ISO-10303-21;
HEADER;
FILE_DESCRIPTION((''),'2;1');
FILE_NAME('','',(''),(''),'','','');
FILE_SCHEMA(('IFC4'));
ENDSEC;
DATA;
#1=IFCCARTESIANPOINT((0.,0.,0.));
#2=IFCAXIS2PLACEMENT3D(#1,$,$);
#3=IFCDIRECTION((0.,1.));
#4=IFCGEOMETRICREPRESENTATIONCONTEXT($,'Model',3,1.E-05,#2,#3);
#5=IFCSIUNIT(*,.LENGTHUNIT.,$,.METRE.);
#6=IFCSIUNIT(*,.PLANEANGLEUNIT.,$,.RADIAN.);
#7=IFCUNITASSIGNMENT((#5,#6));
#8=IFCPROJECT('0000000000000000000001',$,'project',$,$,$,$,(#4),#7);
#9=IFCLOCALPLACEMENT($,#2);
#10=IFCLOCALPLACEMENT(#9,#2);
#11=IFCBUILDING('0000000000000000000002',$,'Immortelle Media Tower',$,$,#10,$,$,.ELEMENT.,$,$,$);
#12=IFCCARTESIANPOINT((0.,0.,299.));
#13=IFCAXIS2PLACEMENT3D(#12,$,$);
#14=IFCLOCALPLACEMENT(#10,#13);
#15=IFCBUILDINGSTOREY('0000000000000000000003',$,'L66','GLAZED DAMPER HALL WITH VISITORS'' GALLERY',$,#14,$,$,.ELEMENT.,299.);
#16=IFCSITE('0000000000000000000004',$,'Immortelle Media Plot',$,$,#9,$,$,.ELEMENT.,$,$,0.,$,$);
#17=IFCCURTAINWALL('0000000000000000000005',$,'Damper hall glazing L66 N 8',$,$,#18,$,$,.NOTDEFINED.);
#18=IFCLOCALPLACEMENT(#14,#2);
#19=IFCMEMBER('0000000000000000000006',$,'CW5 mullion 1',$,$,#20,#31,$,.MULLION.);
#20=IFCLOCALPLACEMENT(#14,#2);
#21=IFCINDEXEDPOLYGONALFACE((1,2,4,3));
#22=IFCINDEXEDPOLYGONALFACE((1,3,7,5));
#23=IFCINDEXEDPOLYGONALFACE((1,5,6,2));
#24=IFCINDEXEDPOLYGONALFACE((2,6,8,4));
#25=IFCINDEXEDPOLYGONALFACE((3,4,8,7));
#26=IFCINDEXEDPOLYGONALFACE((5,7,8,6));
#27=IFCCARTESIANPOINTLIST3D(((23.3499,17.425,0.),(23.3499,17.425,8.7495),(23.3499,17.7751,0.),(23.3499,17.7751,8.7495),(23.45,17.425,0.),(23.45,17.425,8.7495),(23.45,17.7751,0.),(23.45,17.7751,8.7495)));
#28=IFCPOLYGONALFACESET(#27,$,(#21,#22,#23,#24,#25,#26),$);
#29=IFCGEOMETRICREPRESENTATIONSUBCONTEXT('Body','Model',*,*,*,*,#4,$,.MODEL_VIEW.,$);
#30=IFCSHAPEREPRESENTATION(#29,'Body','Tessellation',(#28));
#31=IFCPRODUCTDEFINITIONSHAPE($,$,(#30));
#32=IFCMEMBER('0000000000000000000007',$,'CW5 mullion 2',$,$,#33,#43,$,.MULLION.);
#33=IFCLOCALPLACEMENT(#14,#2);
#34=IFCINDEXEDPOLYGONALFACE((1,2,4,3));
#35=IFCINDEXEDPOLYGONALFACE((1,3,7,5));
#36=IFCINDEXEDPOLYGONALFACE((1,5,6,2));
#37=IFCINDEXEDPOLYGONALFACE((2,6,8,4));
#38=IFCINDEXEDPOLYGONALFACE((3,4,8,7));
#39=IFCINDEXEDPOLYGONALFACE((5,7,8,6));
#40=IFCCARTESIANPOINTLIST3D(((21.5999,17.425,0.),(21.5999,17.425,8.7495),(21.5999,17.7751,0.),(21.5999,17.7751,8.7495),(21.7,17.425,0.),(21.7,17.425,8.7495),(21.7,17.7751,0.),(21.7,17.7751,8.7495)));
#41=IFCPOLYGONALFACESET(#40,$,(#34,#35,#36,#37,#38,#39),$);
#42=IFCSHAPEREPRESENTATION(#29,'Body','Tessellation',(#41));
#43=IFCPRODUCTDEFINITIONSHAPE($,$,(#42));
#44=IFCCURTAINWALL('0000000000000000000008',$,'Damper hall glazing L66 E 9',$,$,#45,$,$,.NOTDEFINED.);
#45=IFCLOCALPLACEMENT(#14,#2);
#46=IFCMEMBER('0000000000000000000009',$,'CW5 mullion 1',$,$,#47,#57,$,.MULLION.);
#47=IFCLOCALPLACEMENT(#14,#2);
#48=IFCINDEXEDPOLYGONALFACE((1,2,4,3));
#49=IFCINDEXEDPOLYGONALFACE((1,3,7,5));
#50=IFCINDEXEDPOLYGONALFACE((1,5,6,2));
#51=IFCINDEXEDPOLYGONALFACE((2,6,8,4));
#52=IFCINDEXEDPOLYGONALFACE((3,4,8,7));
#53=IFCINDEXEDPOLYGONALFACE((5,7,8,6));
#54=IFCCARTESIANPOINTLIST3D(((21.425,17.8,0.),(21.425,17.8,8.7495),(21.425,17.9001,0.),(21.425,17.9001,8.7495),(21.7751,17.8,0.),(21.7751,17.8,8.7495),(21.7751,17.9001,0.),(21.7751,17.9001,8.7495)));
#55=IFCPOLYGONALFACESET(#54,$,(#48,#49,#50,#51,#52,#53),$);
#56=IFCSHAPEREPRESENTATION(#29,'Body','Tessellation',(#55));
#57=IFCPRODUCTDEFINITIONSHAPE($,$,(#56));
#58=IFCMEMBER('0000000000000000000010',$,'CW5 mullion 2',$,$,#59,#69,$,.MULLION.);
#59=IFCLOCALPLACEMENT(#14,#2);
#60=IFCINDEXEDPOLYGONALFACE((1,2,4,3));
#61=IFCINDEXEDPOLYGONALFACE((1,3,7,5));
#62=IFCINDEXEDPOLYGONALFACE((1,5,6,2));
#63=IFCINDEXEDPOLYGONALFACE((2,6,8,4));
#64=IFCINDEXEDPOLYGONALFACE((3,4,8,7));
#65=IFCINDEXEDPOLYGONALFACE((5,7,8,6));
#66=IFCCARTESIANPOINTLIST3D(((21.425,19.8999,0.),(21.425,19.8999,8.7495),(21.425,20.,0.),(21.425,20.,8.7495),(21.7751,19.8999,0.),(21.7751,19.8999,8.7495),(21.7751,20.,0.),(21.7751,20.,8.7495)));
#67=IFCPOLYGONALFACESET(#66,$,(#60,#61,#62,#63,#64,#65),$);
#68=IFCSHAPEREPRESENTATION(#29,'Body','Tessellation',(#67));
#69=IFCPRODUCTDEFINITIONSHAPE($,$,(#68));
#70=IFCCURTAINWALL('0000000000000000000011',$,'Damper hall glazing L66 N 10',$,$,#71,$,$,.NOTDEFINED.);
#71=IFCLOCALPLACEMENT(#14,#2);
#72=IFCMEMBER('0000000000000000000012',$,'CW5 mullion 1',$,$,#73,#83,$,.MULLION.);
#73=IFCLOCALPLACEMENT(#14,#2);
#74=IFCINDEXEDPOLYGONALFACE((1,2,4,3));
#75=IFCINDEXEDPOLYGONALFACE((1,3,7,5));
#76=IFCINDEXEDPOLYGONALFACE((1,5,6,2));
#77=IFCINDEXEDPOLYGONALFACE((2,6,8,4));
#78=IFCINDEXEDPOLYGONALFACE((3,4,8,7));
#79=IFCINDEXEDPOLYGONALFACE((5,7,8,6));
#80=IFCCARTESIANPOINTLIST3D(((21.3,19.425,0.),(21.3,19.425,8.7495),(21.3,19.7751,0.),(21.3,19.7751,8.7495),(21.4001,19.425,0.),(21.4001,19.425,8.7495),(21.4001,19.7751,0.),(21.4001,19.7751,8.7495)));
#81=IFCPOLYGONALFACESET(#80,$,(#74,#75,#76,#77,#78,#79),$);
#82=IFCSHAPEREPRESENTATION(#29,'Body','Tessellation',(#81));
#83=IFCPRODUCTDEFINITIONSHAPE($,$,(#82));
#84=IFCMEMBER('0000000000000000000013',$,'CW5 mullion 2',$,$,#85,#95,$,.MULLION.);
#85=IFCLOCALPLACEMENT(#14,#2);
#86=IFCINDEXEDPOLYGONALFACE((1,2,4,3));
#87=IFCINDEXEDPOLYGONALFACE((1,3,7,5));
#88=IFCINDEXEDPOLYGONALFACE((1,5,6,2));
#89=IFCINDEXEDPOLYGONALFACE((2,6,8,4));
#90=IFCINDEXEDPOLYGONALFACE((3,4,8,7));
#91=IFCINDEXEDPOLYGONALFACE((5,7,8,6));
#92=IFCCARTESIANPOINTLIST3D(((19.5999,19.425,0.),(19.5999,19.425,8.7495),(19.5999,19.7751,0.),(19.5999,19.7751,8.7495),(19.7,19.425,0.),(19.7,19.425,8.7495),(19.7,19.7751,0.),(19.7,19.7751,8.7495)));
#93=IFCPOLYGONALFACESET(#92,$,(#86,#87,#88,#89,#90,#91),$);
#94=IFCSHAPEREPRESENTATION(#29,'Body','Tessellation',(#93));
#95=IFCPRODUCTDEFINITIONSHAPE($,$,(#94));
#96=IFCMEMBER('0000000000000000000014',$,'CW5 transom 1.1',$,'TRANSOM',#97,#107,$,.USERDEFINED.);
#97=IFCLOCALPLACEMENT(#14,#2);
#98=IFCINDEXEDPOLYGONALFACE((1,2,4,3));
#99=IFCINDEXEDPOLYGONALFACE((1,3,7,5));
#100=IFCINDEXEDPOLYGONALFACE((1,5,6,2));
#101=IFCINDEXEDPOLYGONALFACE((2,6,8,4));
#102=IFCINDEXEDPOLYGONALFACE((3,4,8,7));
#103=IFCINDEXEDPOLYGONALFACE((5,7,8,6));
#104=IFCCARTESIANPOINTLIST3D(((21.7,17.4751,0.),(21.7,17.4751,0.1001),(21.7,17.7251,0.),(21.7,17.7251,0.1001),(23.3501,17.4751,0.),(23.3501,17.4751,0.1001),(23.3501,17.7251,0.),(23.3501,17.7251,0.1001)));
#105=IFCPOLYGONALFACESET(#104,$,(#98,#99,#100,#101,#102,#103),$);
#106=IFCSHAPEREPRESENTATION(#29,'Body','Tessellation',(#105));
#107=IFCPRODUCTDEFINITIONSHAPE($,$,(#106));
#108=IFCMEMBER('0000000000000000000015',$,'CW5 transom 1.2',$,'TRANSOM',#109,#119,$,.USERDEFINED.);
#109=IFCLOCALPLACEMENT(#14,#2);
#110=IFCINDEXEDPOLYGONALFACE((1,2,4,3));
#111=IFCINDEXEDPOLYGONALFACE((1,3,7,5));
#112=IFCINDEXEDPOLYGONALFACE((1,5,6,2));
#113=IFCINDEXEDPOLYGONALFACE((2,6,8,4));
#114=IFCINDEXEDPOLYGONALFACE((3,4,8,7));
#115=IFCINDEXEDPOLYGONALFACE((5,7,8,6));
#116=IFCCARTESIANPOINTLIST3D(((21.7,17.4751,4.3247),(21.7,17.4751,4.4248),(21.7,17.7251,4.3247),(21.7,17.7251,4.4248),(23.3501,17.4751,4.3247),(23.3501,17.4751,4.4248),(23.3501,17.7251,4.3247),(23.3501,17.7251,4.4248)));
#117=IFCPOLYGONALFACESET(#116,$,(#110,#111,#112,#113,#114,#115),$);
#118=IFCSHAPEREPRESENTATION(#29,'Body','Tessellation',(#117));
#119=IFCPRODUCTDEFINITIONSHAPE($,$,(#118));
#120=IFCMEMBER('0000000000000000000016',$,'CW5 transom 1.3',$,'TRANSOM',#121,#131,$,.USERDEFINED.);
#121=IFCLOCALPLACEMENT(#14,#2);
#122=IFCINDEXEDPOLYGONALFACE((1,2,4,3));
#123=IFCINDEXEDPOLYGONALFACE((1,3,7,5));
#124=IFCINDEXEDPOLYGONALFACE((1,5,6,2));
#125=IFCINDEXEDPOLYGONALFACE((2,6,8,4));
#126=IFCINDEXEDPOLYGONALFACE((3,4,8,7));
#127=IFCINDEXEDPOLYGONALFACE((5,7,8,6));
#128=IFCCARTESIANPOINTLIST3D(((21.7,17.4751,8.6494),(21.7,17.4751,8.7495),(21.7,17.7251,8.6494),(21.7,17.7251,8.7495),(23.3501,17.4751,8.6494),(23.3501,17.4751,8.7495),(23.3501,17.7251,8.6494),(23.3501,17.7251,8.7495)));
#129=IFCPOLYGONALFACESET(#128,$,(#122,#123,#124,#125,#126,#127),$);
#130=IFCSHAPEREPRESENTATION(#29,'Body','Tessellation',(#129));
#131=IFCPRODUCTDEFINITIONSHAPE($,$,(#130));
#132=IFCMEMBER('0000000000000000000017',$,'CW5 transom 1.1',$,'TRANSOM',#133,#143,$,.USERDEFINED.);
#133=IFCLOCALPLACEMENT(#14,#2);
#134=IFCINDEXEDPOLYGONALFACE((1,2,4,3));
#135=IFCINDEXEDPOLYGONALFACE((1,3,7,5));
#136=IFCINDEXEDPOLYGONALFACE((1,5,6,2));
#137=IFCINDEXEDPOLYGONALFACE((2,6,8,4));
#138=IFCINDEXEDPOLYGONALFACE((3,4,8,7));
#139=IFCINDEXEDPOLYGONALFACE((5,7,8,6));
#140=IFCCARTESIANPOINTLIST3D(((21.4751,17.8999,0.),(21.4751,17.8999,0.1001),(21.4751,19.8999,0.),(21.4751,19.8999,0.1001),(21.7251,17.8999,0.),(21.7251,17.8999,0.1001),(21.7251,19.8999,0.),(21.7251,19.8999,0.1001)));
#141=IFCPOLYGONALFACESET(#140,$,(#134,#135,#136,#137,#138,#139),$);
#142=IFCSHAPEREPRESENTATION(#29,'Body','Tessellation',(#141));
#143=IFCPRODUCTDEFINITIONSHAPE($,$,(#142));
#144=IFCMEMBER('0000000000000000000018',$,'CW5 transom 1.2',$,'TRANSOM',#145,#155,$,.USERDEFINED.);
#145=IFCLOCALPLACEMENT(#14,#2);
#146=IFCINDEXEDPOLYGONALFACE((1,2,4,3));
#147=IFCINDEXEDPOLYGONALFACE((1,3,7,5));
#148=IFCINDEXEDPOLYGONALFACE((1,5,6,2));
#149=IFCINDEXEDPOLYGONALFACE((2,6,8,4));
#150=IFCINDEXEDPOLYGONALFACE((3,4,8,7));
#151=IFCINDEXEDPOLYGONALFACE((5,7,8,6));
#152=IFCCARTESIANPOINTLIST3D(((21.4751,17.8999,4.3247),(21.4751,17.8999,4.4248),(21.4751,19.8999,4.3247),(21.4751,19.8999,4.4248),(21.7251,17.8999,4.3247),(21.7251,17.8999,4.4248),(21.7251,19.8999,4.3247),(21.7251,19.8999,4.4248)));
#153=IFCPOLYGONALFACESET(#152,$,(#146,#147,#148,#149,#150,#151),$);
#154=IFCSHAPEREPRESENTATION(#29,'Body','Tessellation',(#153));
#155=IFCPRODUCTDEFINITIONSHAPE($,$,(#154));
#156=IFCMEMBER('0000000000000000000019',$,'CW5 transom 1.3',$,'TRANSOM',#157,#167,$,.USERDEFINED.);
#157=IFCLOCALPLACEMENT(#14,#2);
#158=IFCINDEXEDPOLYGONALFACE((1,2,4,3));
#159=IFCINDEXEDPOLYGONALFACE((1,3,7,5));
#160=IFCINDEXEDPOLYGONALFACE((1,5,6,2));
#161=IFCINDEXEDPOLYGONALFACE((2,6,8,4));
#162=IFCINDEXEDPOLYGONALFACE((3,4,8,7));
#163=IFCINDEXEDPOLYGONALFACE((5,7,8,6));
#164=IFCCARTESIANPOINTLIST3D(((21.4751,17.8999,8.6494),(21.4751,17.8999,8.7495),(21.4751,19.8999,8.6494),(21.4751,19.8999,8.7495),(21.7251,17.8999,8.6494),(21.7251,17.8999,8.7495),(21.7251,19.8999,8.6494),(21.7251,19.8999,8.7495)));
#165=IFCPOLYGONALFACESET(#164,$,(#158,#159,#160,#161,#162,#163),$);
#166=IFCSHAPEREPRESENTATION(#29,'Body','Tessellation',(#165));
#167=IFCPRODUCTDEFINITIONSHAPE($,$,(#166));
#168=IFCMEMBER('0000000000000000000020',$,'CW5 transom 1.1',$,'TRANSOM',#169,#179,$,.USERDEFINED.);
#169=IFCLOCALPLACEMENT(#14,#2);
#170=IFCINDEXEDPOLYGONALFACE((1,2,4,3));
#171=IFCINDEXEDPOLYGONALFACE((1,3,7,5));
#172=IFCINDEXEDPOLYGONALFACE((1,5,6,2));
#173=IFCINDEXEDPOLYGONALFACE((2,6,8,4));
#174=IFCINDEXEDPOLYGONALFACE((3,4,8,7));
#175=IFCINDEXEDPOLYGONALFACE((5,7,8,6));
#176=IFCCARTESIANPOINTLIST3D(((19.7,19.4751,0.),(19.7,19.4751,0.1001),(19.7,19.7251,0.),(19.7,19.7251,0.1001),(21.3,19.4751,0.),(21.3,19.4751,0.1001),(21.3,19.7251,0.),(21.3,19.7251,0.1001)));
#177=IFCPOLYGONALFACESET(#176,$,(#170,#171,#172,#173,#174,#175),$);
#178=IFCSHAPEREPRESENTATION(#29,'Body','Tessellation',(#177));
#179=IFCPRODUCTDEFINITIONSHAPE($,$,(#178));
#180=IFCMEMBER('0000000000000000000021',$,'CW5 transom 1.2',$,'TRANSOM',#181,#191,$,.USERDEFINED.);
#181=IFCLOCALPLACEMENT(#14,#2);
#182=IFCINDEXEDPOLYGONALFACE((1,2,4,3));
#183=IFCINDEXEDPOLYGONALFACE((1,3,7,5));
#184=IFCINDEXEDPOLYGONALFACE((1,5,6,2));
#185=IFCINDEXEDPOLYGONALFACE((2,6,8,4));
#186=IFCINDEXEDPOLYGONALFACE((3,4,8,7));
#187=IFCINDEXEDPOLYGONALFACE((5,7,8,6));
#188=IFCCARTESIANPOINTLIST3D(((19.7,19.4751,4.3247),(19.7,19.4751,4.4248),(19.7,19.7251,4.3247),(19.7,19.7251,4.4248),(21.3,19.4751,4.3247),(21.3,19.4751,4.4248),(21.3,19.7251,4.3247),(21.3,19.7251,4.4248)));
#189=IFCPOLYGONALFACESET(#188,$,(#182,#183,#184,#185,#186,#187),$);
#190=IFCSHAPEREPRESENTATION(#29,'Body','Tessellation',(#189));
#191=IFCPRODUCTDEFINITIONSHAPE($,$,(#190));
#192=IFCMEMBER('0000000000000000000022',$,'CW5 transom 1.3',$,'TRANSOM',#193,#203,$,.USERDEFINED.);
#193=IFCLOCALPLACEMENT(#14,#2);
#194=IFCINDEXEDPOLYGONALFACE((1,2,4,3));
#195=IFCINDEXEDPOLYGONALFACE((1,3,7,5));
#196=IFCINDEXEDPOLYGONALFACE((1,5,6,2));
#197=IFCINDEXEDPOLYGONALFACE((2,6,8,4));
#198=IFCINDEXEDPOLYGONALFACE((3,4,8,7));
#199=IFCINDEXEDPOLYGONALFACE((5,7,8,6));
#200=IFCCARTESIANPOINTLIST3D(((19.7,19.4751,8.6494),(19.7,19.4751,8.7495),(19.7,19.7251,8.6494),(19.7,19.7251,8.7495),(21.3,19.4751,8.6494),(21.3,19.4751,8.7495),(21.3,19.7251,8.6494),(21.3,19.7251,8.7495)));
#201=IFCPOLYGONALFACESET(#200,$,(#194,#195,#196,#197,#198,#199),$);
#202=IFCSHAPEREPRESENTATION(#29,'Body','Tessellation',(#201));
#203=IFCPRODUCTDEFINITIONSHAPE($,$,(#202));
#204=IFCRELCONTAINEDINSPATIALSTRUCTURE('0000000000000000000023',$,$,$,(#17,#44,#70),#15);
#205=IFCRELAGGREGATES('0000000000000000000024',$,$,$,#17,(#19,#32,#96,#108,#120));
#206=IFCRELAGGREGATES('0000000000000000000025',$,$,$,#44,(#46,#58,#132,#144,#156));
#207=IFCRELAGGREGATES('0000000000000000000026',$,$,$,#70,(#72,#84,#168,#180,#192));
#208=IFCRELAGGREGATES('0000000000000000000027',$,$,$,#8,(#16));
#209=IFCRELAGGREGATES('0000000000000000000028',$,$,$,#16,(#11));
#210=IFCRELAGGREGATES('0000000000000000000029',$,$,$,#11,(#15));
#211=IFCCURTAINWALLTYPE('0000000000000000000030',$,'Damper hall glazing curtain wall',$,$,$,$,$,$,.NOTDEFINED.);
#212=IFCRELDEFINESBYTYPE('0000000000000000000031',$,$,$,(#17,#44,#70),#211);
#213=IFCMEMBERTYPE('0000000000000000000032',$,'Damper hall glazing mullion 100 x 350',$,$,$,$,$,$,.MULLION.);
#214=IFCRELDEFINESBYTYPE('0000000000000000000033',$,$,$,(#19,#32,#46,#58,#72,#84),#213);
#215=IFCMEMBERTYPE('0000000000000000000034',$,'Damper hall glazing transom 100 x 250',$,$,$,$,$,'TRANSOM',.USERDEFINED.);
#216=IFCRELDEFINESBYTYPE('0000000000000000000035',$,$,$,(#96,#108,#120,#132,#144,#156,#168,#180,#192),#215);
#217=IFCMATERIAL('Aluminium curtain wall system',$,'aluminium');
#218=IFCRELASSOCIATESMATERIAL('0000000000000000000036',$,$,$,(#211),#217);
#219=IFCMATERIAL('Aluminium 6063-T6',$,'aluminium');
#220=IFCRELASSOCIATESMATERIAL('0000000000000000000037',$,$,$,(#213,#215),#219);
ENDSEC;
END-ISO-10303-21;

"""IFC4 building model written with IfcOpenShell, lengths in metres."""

from ifc_helpers import new_model, si_unit, direction, frame, origin, origin_2d, place, context, subcontext, project, spatial, rectangle, extrude, material, material_profile, profile_set, type_object, element, aggregate, save


model = new_model("IFC4")

# Units and contexts
model_context = context("Model", 3, precision=1e-05, world=origin(), true_north=direction((0.0, 1.0)))
body_context = subcontext(model_context, "Body", "Model", "MODEL_VIEW")
ifc_project = project(units=[si_unit("LENGTHUNIT", "METRE"), si_unit("PLANEANGLEUNIT", "RADIAN")], contexts=[model_context])

# Site, building, storey
site_placement = place(None, origin())
site = spatial("IfcSite", under=ifc_project, at=site_placement, Name="Immortelle Media Plot", CompositionType="ELEMENT", RefElevation=0.0)
building_placement = place(site_placement, origin())
building = spatial("IfcBuilding", under=site, at=building_placement, Name="Immortelle Media Tower", CompositionType="ELEMENT")
storey_placement = place(building_placement, frame((0.0, 0.0, 299.0)))
storey = spatial("IfcBuildingStorey", under=building, at=storey_placement, Name="L66", Description="GLAZED DAMPER HALL WITH VISITORS' GALLERY", CompositionType="ELEMENT", Elevation=299.0)

# Curtain walls, members
ifc_material_1 = material(Name="Aluminium curtain wall system", Category="aluminium")
curtain_wall_type = type_object("IfcCurtainWallType", Name="Damper hall glazing curtain wall", PredefinedType="NOTDEFINED", material=ifc_material_1)
curtain_wall_1_placement = place(storey_placement, origin())
curtain_wall_1 = element("IfcCurtainWall", 1, at=curtain_wall_1_placement, inside=storey, type_object=curtain_wall_type, Name="Damper hall glazing L66 N 8", PredefinedType="NOTDEFINED")
ifc_material_2 = material(Name="Aluminium 6063-T6", Category="aluminium")
ifc_material_profile_1 = material_profile(ifc_material_2, rectangle(XDim=0.3501, YDim=0.1001, at=origin_2d()), Name="AL 100x350")
ifc_profile_set_1 = profile_set([ifc_material_profile_1], Name="Aluminium 6063-T6")
member_type_1 = type_object("IfcMemberType", Name="Damper hall glazing mullion 100 x 350", PredefinedType="MULLION", material=ifc_profile_set_1)
member_1_placement = place(storey_placement, frame((23.3999, 17.6001, 0.0), z_axis=(0.0, 0.0, 1.0), x_axis=(0.0, -1.0, 0.0)))
member_1 = element("IfcMember", 2, at=member_1_placement, type_object=member_type_1, Name="CW5 mullion 1", PredefinedType="MULLION", context=body_context, shape_type="SweptSolid", body=[
    extrude(rectangle(XDim=0.3501, YDim=0.1001, at=origin_2d()), origin(), (0.0, 0.0, 1.0), 8.7495),
])
member_2_placement = place(storey_placement, frame((21.6499, 17.6001, 0.0), z_axis=(0.0, 0.0, 1.0), x_axis=(0.0, -1.0, 0.0)))
member_2 = element("IfcMember", 3, at=member_2_placement, type_object=member_type_1, Name="CW5 mullion 2", PredefinedType="MULLION", context=body_context, shape_type="SweptSolid", body=[
    extrude(rectangle(XDim=0.3501, YDim=0.1001, at=origin_2d()), origin(), (0.0, 0.0, 1.0), 8.7495),
])
curtain_wall_2_placement = place(storey_placement, origin())
curtain_wall_2 = element("IfcCurtainWall", 4, at=curtain_wall_2_placement, inside=storey, type_object=curtain_wall_type, Name="Damper hall glazing L66 E 9", PredefinedType="NOTDEFINED")
member_3_placement = place(storey_placement, frame((21.6001, 17.8501, 0.0), z_axis=(0.0, 0.0, 1.0), x_axis=(-1.0, 0.0, 0.0)))
member_3 = element("IfcMember", 5, at=member_3_placement, type_object=member_type_1, Name="CW5 mullion 1", PredefinedType="MULLION", context=body_context, shape_type="SweptSolid", body=[
    extrude(rectangle(XDim=0.3501, YDim=0.1001, at=origin_2d()), origin(), (0.0, 0.0, 1.0), 8.7495),
])
member_4_placement = place(storey_placement, frame((21.6001, 19.95, 0.0), z_axis=(0.0, 0.0, 1.0), x_axis=(-1.0, 0.0, 0.0)))
member_4 = element("IfcMember", 6, at=member_4_placement, type_object=member_type_1, Name="CW5 mullion 2", PredefinedType="MULLION", context=body_context, shape_type="SweptSolid", body=[
    extrude(rectangle(XDim=0.3501, YDim=0.1001, at=origin_2d()), origin(), (0.0, 0.0, 1.0), 8.7495),
])
curtain_wall_3_placement = place(storey_placement, origin())
curtain_wall_3 = element("IfcCurtainWall", 7, at=curtain_wall_3_placement, inside=storey, type_object=curtain_wall_type, Name="Damper hall glazing L66 N 10", PredefinedType="NOTDEFINED")
member_5_placement = place(storey_placement, frame((21.3501, 19.6001, 0.0), z_axis=(0.0, 0.0, 1.0), x_axis=(0.0, -1.0, 0.0)))
member_5 = element("IfcMember", 8, at=member_5_placement, type_object=member_type_1, Name="CW5 mullion 1", PredefinedType="MULLION", context=body_context, shape_type="SweptSolid", body=[
    extrude(rectangle(XDim=0.3501, YDim=0.1001, at=origin_2d()), origin(), (0.0, 0.0, 1.0), 8.7495),
])
member_6_placement = place(storey_placement, frame((19.6499, 19.6001, 0.0), z_axis=(0.0, 0.0, 1.0), x_axis=(0.0, -1.0, 0.0)))
member_6 = element("IfcMember", 9, at=member_6_placement, type_object=member_type_1, Name="CW5 mullion 2", PredefinedType="MULLION", context=body_context, shape_type="SweptSolid", body=[
    extrude(rectangle(XDim=0.3501, YDim=0.1001, at=origin_2d()), origin(), (0.0, 0.0, 1.0), 8.7495),
])

# Members
ifc_material_profile_2 = material_profile(ifc_material_2, rectangle(XDim=0.25, YDim=0.1001, at=origin_2d()), Name="AL 100x250")
ifc_profile_set_2 = profile_set([ifc_material_profile_2], Name="Aluminium 6063-T6")
member_type_2 = type_object("IfcMemberType", Name="Damper hall glazing transom 100 x 250", ElementType="TRANSOM", PredefinedType="USERDEFINED", material=ifc_profile_set_2)
member_7_placement = place(storey_placement, frame((23.3501, 17.6001, 0.05), z_axis=(-1.0, 0.0, 0.0), x_axis=(0.0, -1.0, 0.0)))
member_7 = element("IfcMember", 10, at=member_7_placement, type_object=member_type_2, Name="CW5 transom 1.1", ObjectType="TRANSOM", PredefinedType="USERDEFINED", context=body_context, shape_type="SweptSolid", body=[
    extrude(rectangle(XDim=0.25, YDim=0.1001, at=origin_2d()), origin(), (0.0, 0.0, 1.0), 1.6501),
])
member_8_placement = place(storey_placement, frame((23.3501, 17.6001, 4.3748), z_axis=(-1.0, 0.0, 0.0), x_axis=(0.0, -1.0, 0.0)))
member_8 = element("IfcMember", 11, at=member_8_placement, type_object=member_type_2, Name="CW5 transom 1.2", ObjectType="TRANSOM", PredefinedType="USERDEFINED", context=body_context, shape_type="SweptSolid", body=[
    extrude(rectangle(XDim=0.25, YDim=0.1001, at=origin_2d()), origin(), (0.0, 0.0, 1.0), 1.6501),
])
member_9_placement = place(storey_placement, frame((23.3501, 17.6001, 8.6995), z_axis=(-1.0, 0.0, 0.0), x_axis=(0.0, -1.0, 0.0)))
member_9 = element("IfcMember", 12, at=member_9_placement, type_object=member_type_2, Name="CW5 transom 1.3", ObjectType="TRANSOM", PredefinedType="USERDEFINED", context=body_context, shape_type="SweptSolid", body=[
    extrude(rectangle(XDim=0.25, YDim=0.1001, at=origin_2d()), origin(), (0.0, 0.0, 1.0), 1.6501),
])
member_10_placement = place(storey_placement, frame((21.6001, 17.8999, 0.05), z_axis=(0.0, 1.0, 0.0), x_axis=(-1.0, 0.0, 0.0)))
member_10 = element("IfcMember", 13, at=member_10_placement, type_object=member_type_2, Name="CW5 transom 1.1", ObjectType="TRANSOM", PredefinedType="USERDEFINED", context=body_context, shape_type="SweptSolid", body=[
    extrude(rectangle(XDim=0.25, YDim=0.1001, at=origin_2d()), origin(), (0.0, 0.0, 1.0), 2.0),
])
member_11_placement = place(storey_placement, frame((21.6001, 17.8999, 4.3748), z_axis=(0.0, 1.0, 0.0), x_axis=(-1.0, 0.0, 0.0)))
member_11 = element("IfcMember", 14, at=member_11_placement, type_object=member_type_2, Name="CW5 transom 1.2", ObjectType="TRANSOM", PredefinedType="USERDEFINED", context=body_context, shape_type="SweptSolid", body=[
    extrude(rectangle(XDim=0.25, YDim=0.1001, at=origin_2d()), origin(), (0.0, 0.0, 1.0), 2.0),
])
member_12_placement = place(storey_placement, frame((21.6001, 17.8999, 8.6995), z_axis=(0.0, 1.0, 0.0), x_axis=(-1.0, 0.0, 0.0)))
member_12 = element("IfcMember", 15, at=member_12_placement, type_object=member_type_2, Name="CW5 transom 1.3", ObjectType="TRANSOM", PredefinedType="USERDEFINED", context=body_context, shape_type="SweptSolid", body=[
    extrude(rectangle(XDim=0.25, YDim=0.1001, at=origin_2d()), origin(), (0.0, 0.0, 1.0), 2.0),
])
member_13_placement = place(storey_placement, frame((21.3, 19.6001, 0.05), z_axis=(-1.0, 0.0, 0.0), x_axis=(0.0, -1.0, 0.0)))
member_13 = element("IfcMember", 16, at=member_13_placement, type_object=member_type_2, Name="CW5 transom 1.1", ObjectType="TRANSOM", PredefinedType="USERDEFINED", context=body_context, shape_type="SweptSolid", body=[
    extrude(rectangle(XDim=0.25, YDim=0.1001, at=origin_2d()), origin(), (0.0, 0.0, 1.0), 1.6001),
])
member_14_placement = place(storey_placement, frame((21.3, 19.6001, 4.3748), z_axis=(-1.0, 0.0, 0.0), x_axis=(0.0, -1.0, 0.0)))
member_14 = element("IfcMember", 17, at=member_14_placement, type_object=member_type_2, Name="CW5 transom 1.2", ObjectType="TRANSOM", PredefinedType="USERDEFINED", context=body_context, shape_type="SweptSolid", body=[
    extrude(rectangle(XDim=0.25, YDim=0.1001, at=origin_2d()), origin(), (0.0, 0.0, 1.0), 1.6001),
])
member_15_placement = place(storey_placement, frame((21.3, 19.6001, 8.6995), z_axis=(-1.0, 0.0, 0.0), x_axis=(0.0, -1.0, 0.0)))
member_15 = element("IfcMember", 18, at=member_15_placement, type_object=member_type_2, Name="CW5 transom 1.3", ObjectType="TRANSOM", PredefinedType="USERDEFINED", context=body_context, shape_type="SweptSolid", body=[
    extrude(rectangle(XDim=0.25, YDim=0.1001, at=origin_2d()), origin(), (0.0, 0.0, 1.0), 1.6001),
])

aggregate(curtain_wall_1, [member_1, member_2, member_7, member_8, member_9])
aggregate(curtain_wall_2, [member_3, member_4, member_10, member_11, member_12])
aggregate(curtain_wall_3, [member_5, member_6, member_13, member_14, member_15])

save(model, "model.ifc")
